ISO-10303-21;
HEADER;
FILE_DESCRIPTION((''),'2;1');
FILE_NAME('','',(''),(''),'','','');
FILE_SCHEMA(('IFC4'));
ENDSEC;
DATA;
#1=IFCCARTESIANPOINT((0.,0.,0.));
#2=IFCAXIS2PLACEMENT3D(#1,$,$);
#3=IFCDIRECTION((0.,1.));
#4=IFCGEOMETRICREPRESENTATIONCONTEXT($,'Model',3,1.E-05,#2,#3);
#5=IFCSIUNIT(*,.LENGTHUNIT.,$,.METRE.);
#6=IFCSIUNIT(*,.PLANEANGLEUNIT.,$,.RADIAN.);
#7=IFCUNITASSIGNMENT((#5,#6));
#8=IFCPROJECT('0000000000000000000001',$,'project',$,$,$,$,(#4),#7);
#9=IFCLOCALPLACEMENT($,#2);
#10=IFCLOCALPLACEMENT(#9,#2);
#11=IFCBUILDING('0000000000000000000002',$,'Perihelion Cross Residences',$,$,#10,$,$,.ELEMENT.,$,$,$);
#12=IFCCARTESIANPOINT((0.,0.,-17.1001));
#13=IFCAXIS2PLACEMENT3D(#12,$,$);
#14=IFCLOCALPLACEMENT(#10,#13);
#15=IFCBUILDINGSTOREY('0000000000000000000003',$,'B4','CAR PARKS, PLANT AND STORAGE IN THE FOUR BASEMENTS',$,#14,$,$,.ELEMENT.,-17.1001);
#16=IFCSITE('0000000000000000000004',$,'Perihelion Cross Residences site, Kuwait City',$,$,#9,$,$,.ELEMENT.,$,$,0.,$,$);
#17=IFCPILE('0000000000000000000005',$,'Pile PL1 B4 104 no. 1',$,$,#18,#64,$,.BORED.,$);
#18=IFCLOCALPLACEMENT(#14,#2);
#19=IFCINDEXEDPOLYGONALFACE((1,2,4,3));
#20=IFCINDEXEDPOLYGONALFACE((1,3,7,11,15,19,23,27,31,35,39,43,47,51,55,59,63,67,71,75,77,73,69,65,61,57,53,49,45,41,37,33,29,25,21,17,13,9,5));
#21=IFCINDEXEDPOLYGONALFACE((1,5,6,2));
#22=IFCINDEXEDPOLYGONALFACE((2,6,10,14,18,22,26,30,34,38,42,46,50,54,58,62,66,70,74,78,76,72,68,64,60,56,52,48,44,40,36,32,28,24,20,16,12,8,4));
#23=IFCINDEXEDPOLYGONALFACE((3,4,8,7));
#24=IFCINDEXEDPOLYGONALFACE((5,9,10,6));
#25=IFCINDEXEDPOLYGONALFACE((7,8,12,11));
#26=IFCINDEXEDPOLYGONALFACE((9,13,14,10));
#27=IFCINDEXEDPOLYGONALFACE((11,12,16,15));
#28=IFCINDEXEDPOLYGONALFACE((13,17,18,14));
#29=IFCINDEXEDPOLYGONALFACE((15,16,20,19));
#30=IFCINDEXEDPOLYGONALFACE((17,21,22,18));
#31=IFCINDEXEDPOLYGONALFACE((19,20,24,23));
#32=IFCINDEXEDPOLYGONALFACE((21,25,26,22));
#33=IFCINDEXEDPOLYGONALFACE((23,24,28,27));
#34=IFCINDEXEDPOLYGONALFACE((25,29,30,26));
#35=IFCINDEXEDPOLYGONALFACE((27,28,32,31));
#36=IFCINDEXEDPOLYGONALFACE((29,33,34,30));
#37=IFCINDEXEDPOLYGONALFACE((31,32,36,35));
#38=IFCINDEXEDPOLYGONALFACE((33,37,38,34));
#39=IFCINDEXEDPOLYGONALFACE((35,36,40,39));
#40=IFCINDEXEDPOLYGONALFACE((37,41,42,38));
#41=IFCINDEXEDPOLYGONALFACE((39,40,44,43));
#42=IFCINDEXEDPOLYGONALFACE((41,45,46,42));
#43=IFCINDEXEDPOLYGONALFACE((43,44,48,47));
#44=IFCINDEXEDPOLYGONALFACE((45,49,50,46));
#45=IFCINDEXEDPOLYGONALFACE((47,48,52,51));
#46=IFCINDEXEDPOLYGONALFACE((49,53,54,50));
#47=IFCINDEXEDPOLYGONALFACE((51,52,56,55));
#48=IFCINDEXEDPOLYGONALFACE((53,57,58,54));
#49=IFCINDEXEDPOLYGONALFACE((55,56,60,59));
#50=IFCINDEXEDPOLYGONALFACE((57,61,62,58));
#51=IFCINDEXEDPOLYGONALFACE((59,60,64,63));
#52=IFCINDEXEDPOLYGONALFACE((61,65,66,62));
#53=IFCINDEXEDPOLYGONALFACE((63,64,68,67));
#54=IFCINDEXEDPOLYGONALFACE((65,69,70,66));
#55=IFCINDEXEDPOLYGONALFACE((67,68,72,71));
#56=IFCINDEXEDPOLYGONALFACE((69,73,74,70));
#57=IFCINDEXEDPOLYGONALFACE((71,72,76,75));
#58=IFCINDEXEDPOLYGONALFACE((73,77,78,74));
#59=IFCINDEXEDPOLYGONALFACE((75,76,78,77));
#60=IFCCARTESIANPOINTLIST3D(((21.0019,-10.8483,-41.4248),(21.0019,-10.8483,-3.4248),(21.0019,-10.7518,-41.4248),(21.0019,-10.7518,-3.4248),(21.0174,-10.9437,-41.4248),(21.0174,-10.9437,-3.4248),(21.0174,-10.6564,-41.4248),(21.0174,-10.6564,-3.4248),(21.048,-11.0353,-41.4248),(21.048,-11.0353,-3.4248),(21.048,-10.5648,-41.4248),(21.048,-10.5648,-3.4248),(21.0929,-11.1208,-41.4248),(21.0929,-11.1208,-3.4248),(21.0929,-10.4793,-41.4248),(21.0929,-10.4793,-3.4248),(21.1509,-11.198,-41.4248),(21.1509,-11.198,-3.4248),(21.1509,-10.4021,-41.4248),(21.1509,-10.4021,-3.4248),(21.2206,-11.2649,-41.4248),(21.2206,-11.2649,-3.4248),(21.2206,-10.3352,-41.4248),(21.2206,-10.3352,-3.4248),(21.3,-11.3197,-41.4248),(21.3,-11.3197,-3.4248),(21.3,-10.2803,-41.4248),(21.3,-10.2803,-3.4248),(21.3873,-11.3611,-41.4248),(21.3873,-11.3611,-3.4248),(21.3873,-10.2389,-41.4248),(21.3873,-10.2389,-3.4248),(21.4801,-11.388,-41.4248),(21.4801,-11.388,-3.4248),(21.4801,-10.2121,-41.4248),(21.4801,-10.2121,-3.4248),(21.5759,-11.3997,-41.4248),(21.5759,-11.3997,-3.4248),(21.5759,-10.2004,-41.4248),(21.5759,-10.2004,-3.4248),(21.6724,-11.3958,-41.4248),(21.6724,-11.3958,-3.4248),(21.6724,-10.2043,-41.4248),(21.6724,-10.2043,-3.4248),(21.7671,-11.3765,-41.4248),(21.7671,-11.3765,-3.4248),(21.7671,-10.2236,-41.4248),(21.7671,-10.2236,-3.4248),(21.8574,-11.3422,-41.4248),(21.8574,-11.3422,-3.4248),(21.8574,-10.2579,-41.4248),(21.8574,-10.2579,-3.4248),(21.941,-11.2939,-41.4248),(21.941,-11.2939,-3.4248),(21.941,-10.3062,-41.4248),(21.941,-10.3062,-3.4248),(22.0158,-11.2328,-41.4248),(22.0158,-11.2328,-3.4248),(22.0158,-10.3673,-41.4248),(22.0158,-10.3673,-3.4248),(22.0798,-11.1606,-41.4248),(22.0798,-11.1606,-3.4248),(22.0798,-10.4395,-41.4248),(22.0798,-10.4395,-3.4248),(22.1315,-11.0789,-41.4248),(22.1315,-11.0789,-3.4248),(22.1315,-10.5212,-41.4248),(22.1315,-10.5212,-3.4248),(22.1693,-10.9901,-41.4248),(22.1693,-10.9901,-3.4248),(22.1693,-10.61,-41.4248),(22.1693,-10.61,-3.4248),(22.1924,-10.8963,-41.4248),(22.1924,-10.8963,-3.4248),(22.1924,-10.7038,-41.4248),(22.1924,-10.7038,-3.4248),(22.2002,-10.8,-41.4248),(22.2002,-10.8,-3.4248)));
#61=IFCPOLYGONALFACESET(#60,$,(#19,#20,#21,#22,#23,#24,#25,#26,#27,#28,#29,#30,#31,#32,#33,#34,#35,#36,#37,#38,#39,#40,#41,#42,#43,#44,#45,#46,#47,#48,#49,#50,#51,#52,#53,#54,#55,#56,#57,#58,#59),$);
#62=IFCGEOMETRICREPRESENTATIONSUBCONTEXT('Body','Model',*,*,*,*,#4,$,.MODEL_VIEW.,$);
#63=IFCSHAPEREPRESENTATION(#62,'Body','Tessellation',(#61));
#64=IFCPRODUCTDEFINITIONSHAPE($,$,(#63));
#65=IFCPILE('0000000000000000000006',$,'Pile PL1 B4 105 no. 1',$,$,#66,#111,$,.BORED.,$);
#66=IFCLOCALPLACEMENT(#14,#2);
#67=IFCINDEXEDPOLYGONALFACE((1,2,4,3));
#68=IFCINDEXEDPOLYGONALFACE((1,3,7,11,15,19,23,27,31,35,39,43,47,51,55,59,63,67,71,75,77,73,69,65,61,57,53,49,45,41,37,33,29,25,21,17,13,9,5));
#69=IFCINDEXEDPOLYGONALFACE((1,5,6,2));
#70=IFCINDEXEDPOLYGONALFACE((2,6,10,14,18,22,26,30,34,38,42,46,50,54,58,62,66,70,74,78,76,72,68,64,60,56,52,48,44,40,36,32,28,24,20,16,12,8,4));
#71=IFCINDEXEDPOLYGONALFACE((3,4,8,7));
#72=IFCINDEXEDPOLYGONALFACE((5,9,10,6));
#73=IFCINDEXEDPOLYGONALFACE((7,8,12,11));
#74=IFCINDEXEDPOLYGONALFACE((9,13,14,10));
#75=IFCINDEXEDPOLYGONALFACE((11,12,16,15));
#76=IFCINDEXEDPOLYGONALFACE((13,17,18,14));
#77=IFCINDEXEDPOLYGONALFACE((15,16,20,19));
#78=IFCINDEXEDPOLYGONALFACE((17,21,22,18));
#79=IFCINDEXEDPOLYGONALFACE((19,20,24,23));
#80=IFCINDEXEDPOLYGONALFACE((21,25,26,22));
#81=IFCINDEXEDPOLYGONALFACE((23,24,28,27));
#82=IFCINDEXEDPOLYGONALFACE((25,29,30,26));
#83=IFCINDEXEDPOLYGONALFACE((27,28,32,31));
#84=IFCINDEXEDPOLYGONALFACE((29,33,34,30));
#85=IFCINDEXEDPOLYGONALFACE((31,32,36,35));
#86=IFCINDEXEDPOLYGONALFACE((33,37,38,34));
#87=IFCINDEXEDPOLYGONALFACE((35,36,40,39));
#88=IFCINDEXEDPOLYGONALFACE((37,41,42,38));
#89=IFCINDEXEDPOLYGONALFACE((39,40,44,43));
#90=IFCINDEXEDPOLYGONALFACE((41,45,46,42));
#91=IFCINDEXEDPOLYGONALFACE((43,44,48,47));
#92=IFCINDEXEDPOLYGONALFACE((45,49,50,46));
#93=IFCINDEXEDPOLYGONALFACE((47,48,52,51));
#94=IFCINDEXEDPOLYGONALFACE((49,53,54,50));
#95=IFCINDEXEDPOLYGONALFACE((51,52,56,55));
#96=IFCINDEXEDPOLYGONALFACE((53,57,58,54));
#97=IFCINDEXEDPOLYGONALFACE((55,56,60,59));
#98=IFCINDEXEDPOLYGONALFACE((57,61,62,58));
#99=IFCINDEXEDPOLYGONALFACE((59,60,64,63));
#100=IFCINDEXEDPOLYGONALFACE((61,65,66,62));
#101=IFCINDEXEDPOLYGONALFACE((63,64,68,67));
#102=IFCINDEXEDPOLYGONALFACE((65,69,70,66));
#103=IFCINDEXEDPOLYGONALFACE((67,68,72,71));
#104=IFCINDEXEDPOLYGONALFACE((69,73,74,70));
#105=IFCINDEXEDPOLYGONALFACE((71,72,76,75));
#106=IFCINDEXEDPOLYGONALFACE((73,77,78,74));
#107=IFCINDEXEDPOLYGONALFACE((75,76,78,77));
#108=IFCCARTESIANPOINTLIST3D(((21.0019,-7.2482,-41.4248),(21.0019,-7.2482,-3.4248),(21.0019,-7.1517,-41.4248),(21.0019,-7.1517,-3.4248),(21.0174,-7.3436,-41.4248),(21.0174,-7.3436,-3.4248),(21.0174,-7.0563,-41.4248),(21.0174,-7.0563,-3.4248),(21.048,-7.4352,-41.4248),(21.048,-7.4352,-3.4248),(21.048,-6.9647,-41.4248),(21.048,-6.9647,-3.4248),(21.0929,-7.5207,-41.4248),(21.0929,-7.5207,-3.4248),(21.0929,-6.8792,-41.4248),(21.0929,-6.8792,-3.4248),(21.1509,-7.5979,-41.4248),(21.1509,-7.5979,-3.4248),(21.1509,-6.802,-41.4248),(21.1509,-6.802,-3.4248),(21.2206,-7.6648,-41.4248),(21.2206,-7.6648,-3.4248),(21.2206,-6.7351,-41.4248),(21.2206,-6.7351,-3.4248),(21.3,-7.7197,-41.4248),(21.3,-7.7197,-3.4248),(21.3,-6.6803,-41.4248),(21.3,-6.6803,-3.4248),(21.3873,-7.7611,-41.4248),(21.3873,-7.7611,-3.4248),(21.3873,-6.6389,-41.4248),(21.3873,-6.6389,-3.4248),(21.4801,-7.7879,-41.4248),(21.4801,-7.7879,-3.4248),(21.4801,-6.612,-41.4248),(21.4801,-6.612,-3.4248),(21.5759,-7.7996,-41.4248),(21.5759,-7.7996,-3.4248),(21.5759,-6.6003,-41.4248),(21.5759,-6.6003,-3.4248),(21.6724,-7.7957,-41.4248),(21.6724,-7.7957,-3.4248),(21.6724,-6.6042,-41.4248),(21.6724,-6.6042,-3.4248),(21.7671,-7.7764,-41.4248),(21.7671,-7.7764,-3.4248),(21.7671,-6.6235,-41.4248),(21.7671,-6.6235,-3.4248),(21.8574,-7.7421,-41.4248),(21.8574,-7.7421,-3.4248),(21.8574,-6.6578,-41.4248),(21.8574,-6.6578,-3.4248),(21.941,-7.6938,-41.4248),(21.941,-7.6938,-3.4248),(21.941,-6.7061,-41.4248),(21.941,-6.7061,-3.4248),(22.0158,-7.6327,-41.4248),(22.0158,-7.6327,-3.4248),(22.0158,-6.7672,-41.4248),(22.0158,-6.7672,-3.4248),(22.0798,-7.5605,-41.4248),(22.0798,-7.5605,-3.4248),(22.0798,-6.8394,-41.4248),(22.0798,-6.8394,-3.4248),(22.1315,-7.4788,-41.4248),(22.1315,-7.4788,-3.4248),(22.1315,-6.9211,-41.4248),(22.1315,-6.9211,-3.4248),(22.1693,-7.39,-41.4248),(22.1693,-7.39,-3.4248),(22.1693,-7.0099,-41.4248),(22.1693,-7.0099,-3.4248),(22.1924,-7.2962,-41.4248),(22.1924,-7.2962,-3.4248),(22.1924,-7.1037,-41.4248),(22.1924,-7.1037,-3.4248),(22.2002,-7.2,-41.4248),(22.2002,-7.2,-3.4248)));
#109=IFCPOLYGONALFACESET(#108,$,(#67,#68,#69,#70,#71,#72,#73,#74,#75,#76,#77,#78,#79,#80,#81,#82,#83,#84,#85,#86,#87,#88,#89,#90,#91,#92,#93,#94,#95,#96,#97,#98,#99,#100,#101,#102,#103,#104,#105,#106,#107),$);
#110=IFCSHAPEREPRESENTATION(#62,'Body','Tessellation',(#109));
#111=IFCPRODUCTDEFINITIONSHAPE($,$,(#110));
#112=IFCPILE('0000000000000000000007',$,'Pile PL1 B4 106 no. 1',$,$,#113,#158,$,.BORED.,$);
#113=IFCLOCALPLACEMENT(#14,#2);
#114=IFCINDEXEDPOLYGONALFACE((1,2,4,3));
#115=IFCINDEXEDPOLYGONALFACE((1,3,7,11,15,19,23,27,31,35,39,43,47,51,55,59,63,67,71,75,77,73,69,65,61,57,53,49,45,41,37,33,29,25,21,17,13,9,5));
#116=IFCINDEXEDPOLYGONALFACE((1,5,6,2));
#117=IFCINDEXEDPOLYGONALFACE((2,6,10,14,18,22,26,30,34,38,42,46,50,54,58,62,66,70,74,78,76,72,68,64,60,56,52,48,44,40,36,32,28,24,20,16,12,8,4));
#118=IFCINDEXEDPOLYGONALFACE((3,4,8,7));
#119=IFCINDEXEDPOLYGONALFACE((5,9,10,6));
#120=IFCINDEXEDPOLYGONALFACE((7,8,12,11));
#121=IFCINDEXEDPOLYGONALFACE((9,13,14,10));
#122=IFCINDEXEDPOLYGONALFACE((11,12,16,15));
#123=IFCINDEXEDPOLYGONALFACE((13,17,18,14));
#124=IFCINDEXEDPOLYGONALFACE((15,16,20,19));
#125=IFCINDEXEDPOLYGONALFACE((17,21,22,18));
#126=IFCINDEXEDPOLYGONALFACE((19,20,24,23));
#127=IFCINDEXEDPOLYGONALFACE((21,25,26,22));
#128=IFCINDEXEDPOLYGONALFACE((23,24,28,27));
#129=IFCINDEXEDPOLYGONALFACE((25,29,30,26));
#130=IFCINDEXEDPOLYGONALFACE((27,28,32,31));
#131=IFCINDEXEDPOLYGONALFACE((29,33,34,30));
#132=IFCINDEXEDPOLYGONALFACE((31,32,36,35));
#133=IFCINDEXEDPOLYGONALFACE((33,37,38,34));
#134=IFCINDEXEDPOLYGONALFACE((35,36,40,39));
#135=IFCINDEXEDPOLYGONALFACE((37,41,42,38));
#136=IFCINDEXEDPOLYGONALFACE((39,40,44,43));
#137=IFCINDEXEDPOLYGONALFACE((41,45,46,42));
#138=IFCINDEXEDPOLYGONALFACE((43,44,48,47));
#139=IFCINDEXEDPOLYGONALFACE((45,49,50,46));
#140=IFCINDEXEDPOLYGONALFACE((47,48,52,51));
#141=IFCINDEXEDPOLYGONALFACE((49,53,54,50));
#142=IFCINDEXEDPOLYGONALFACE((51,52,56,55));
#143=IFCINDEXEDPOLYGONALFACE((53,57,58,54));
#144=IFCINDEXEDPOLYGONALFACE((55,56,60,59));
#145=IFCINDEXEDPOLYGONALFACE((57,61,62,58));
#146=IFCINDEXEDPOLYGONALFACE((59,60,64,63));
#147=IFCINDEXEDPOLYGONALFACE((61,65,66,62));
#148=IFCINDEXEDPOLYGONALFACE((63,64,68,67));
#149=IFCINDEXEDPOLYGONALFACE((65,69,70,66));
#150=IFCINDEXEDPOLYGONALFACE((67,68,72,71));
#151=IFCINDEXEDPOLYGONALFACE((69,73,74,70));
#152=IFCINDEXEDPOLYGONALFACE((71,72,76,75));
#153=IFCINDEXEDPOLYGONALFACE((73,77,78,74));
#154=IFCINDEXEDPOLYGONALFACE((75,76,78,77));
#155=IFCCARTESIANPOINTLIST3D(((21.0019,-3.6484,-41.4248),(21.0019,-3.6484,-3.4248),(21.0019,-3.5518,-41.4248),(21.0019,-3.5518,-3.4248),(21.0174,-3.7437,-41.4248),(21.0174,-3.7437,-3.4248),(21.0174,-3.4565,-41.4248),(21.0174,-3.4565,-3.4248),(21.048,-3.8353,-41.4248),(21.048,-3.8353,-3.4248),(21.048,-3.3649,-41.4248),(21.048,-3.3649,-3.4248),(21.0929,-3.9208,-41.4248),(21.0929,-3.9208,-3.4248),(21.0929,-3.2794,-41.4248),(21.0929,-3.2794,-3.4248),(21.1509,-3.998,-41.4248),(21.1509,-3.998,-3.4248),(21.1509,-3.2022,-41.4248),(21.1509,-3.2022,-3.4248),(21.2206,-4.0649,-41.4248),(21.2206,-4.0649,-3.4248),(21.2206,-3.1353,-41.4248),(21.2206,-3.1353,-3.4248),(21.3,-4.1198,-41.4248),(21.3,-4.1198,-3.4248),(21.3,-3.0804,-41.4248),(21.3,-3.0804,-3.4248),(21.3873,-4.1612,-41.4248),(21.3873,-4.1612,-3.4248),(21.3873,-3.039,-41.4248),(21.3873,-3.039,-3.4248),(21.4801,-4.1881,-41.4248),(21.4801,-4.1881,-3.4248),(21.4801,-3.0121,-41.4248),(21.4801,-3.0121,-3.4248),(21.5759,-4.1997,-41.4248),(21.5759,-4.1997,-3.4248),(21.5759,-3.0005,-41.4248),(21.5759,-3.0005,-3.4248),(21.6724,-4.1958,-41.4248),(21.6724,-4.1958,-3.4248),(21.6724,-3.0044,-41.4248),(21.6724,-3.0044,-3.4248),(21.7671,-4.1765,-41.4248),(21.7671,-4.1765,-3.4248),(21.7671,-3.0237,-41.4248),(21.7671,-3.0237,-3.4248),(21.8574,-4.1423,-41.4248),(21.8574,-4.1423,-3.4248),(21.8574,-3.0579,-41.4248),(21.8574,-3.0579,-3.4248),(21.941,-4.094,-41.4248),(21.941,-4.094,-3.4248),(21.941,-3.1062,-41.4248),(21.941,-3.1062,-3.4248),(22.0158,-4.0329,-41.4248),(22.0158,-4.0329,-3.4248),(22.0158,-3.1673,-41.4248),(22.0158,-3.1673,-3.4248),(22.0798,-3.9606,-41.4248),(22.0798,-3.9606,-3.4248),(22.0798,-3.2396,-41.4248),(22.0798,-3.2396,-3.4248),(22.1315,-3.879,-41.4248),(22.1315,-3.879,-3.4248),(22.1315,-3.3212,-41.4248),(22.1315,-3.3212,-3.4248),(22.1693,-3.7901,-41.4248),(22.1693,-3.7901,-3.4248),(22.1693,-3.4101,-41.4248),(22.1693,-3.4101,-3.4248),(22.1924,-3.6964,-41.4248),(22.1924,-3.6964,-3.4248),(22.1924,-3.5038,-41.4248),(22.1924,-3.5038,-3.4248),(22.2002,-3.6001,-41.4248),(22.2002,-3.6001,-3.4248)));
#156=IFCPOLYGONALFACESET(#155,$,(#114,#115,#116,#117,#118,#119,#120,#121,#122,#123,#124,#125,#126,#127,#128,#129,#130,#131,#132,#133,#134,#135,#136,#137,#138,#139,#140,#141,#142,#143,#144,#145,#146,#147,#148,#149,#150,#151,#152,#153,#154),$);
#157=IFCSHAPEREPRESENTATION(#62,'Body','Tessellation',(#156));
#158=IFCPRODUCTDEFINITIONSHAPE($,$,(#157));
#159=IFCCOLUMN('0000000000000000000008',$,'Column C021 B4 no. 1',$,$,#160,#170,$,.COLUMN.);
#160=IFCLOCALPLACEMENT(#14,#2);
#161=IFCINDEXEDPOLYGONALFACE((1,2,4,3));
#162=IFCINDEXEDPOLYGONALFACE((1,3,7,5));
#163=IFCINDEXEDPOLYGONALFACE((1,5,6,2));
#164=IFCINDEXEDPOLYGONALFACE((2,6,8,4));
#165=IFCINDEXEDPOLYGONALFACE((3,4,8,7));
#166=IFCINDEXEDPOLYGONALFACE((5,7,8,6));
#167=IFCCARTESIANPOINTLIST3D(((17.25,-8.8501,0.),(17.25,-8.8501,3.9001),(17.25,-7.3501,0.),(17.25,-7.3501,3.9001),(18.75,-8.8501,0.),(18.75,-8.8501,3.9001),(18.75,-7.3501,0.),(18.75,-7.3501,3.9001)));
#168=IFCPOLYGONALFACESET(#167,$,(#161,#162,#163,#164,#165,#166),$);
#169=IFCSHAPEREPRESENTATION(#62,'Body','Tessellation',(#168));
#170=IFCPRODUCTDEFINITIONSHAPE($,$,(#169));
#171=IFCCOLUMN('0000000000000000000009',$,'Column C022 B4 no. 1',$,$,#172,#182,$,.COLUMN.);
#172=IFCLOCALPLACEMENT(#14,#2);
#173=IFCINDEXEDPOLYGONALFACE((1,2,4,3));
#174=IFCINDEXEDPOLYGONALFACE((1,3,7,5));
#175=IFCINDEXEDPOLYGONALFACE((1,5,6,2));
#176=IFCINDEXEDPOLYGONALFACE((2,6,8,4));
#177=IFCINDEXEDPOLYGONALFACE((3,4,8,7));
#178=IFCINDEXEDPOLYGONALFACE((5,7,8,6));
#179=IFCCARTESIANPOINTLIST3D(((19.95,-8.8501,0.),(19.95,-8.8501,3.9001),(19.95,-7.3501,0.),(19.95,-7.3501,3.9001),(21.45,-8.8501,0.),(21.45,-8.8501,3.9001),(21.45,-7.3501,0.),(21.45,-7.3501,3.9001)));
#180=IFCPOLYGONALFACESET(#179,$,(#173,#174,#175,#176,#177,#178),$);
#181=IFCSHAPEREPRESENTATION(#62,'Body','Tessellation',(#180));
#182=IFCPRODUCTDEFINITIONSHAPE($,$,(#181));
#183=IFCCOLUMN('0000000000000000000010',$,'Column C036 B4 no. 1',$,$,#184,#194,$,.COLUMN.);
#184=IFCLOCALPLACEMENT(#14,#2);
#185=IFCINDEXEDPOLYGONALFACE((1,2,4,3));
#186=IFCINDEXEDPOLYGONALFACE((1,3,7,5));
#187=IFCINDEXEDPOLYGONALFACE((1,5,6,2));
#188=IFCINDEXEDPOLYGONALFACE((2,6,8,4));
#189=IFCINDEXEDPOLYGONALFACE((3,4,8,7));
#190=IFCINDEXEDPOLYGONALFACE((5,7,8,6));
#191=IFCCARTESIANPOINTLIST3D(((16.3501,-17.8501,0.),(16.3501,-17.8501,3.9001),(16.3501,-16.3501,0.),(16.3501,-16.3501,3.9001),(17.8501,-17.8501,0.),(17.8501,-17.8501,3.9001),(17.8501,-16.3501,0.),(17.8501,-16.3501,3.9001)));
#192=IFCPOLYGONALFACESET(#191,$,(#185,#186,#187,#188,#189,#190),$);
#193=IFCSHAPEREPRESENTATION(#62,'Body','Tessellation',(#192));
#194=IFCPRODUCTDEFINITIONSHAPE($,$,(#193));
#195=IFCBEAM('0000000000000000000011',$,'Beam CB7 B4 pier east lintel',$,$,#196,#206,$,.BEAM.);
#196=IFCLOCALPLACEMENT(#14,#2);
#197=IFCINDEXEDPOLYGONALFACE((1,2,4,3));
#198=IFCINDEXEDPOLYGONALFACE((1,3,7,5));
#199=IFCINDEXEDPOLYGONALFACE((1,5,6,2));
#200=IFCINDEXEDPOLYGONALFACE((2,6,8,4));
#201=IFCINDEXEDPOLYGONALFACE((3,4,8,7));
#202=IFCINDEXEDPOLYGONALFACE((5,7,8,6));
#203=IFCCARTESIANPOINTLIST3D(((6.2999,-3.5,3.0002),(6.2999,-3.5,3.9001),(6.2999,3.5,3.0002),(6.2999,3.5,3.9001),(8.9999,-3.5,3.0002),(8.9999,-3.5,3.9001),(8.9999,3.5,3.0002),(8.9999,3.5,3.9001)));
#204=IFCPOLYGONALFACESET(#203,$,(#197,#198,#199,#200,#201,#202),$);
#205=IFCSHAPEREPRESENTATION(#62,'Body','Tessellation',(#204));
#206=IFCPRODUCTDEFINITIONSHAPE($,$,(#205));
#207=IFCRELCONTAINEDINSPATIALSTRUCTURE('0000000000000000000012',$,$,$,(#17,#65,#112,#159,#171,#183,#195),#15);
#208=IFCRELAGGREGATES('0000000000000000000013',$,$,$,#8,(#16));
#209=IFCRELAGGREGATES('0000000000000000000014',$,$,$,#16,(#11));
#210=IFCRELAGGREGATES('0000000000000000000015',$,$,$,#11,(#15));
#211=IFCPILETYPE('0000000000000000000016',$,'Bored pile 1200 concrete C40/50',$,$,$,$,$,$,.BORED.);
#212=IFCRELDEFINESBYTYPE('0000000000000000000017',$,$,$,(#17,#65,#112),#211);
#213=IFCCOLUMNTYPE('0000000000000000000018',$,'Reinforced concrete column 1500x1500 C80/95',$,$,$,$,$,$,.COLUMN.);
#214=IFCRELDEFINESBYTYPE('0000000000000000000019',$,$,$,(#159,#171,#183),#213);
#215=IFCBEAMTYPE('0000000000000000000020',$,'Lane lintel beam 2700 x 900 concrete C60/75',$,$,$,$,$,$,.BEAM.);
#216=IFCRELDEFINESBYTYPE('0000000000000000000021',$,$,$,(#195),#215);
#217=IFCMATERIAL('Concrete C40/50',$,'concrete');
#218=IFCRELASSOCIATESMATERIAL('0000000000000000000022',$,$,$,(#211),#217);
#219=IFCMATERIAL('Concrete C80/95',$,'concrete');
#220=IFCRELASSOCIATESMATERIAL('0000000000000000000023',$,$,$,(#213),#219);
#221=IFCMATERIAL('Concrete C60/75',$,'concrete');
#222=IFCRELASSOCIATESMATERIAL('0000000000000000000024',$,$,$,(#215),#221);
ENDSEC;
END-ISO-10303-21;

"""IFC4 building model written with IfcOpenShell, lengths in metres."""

from ifc_helpers import new_model, si_unit, direction, frame, origin, origin_2d, place, context, subcontext, project, spatial, rectangle, circle, extrude, material, material_profile, profile_set, type_object, element, save


model = new_model("IFC4")

# Units and contexts
model_context = context("Model", 3, precision=1e-05, world=origin(), true_north=direction((0.0, 1.0)))
body_context = subcontext(model_context, "Body", "Model", "MODEL_VIEW")
ifc_project = project(units=[si_unit("LENGTHUNIT", "METRE"), si_unit("PLANEANGLEUNIT", "RADIAN")], contexts=[model_context])

# Site, building, storey
site_placement = place(None, origin())
site = spatial("IfcSite", under=ifc_project, at=site_placement, Name="Perihelion Cross Residences site, Kuwait City", CompositionType="ELEMENT", RefElevation=0.0)
building_placement = place(site_placement, origin())
building = spatial("IfcBuilding", under=site, at=building_placement, Name="Perihelion Cross Residences", CompositionType="ELEMENT")
storey_placement = place(building_placement, frame((0.0, 0.0, -17.1001)))
storey = spatial("IfcBuildingStorey", under=building, at=storey_placement, Name="B4", Description="CAR PARKS, PLANT AND STORAGE IN THE FOUR BASEMENTS", CompositionType="ELEMENT", Elevation=-17.1001)

# Piles
ifc_material_1 = material(Name="Concrete C40/50", Category="concrete")
pile_type = type_object("IfcPileType", Name="Bored pile 1200 concrete C40/50", PredefinedType="BORED", material=ifc_material_1)
for number, where, z_axis, x_axis, name in (
    (1, (21.6001, -10.8, -3.4248), (0.0, 0.0, -1.0), (1.0, 0.0, 0.0), "Pile PL1 B4 104 no. 1"),
    (2, (21.6001, -7.2, -3.4248), (0.0, 0.0, -1.0), (1.0, 0.0, 0.0), "Pile PL1 B4 105 no. 1"),
    (3, (21.6001, -3.6001, -3.4248), (0.0, 0.0, -1.0), (1.0, 0.0, 0.0), "Pile PL1 B4 106 no. 1"),
):
    element("IfcPile", number, at=place(storey_placement, frame(where, z_axis=z_axis, x_axis=x_axis)), inside=storey, type_object=pile_type, Name=name, PredefinedType="BORED", context=body_context, shape_type="SweptSolid", body=[
        extrude(circle(Radius=0.6001, at=origin_2d()), origin(), (0.0, 0.0, 1.0), 38.0),
    ])

# Columns
ifc_material_2 = material(Name="Concrete C80/95", Category="concrete")
ifc_material_profile_1 = material_profile(ifc_material_2, rectangle(XDim=1.5, YDim=1.5, at=origin_2d()), Name="RC 1500x1500")
ifc_profile_set_1 = profile_set([ifc_material_profile_1], Name="Concrete C80/95")
column_type = type_object("IfcColumnType", Name="Reinforced concrete column 1500x1500 C80/95", PredefinedType="COLUMN", material=ifc_profile_set_1)
for number, where, z_axis, x_axis, name in (
    (4, (18.0, -8.1001, 0.0), (0.0, 0.0, 1.0), (1.0, 0.0, 0.0), "Column C021 B4 no. 1"),
    (5, (20.7, -8.1001, 0.0), (0.0, 0.0, 1.0), (1.0, 0.0, 0.0), "Column C022 B4 no. 1"),
    (6, (17.1001, -17.1001, 0.0), (0.0, 0.0, 1.0), (1.0, 0.0, 0.0), "Column C036 B4 no. 1"),
):
    element("IfcColumn", number, at=place(storey_placement, frame(where, z_axis=z_axis, x_axis=x_axis)), inside=storey, type_object=column_type, Name=name, PredefinedType="COLUMN", context=body_context, shape_type="SweptSolid", body=[
        extrude(rectangle(XDim=1.5, YDim=1.5, at=origin_2d()), origin(), (0.0, 0.0, 1.0), 3.9001),
    ])

# Beam
ifc_material_3 = material(Name="Concrete C60/75", Category="concrete")
ifc_material_profile_2 = material_profile(ifc_material_3, rectangle(XDim=2.7, YDim=0.8999, at=origin_2d()), Name="Lane lintel beam 2700 x 900 concrete C60/75")
ifc_profile_set_2 = profile_set([ifc_material_profile_2], Name="Concrete C60/75")
beam_type = type_object("IfcBeamType", Name="Lane lintel beam 2700 x 900 concrete C60/75", PredefinedType="BEAM", material=ifc_profile_set_2)
beam_placement = place(storey_placement, frame((7.6499, -3.5, 3.4502), z_axis=(0.0, 1.0, 0.0), x_axis=(-1.0, 0.0, 0.0)))
element("IfcBeam", 7, at=beam_placement, inside=storey, type_object=beam_type, Name="Beam CB7 B4 pier east lintel", PredefinedType="BEAM", context=body_context, shape_type="SweptSolid", body=[
    extrude(rectangle(XDim=2.7, YDim=0.8999, at=origin_2d()), origin(), (0.0, 0.0, 1.0), 7.0),
])

save(model, "model.ifc")
